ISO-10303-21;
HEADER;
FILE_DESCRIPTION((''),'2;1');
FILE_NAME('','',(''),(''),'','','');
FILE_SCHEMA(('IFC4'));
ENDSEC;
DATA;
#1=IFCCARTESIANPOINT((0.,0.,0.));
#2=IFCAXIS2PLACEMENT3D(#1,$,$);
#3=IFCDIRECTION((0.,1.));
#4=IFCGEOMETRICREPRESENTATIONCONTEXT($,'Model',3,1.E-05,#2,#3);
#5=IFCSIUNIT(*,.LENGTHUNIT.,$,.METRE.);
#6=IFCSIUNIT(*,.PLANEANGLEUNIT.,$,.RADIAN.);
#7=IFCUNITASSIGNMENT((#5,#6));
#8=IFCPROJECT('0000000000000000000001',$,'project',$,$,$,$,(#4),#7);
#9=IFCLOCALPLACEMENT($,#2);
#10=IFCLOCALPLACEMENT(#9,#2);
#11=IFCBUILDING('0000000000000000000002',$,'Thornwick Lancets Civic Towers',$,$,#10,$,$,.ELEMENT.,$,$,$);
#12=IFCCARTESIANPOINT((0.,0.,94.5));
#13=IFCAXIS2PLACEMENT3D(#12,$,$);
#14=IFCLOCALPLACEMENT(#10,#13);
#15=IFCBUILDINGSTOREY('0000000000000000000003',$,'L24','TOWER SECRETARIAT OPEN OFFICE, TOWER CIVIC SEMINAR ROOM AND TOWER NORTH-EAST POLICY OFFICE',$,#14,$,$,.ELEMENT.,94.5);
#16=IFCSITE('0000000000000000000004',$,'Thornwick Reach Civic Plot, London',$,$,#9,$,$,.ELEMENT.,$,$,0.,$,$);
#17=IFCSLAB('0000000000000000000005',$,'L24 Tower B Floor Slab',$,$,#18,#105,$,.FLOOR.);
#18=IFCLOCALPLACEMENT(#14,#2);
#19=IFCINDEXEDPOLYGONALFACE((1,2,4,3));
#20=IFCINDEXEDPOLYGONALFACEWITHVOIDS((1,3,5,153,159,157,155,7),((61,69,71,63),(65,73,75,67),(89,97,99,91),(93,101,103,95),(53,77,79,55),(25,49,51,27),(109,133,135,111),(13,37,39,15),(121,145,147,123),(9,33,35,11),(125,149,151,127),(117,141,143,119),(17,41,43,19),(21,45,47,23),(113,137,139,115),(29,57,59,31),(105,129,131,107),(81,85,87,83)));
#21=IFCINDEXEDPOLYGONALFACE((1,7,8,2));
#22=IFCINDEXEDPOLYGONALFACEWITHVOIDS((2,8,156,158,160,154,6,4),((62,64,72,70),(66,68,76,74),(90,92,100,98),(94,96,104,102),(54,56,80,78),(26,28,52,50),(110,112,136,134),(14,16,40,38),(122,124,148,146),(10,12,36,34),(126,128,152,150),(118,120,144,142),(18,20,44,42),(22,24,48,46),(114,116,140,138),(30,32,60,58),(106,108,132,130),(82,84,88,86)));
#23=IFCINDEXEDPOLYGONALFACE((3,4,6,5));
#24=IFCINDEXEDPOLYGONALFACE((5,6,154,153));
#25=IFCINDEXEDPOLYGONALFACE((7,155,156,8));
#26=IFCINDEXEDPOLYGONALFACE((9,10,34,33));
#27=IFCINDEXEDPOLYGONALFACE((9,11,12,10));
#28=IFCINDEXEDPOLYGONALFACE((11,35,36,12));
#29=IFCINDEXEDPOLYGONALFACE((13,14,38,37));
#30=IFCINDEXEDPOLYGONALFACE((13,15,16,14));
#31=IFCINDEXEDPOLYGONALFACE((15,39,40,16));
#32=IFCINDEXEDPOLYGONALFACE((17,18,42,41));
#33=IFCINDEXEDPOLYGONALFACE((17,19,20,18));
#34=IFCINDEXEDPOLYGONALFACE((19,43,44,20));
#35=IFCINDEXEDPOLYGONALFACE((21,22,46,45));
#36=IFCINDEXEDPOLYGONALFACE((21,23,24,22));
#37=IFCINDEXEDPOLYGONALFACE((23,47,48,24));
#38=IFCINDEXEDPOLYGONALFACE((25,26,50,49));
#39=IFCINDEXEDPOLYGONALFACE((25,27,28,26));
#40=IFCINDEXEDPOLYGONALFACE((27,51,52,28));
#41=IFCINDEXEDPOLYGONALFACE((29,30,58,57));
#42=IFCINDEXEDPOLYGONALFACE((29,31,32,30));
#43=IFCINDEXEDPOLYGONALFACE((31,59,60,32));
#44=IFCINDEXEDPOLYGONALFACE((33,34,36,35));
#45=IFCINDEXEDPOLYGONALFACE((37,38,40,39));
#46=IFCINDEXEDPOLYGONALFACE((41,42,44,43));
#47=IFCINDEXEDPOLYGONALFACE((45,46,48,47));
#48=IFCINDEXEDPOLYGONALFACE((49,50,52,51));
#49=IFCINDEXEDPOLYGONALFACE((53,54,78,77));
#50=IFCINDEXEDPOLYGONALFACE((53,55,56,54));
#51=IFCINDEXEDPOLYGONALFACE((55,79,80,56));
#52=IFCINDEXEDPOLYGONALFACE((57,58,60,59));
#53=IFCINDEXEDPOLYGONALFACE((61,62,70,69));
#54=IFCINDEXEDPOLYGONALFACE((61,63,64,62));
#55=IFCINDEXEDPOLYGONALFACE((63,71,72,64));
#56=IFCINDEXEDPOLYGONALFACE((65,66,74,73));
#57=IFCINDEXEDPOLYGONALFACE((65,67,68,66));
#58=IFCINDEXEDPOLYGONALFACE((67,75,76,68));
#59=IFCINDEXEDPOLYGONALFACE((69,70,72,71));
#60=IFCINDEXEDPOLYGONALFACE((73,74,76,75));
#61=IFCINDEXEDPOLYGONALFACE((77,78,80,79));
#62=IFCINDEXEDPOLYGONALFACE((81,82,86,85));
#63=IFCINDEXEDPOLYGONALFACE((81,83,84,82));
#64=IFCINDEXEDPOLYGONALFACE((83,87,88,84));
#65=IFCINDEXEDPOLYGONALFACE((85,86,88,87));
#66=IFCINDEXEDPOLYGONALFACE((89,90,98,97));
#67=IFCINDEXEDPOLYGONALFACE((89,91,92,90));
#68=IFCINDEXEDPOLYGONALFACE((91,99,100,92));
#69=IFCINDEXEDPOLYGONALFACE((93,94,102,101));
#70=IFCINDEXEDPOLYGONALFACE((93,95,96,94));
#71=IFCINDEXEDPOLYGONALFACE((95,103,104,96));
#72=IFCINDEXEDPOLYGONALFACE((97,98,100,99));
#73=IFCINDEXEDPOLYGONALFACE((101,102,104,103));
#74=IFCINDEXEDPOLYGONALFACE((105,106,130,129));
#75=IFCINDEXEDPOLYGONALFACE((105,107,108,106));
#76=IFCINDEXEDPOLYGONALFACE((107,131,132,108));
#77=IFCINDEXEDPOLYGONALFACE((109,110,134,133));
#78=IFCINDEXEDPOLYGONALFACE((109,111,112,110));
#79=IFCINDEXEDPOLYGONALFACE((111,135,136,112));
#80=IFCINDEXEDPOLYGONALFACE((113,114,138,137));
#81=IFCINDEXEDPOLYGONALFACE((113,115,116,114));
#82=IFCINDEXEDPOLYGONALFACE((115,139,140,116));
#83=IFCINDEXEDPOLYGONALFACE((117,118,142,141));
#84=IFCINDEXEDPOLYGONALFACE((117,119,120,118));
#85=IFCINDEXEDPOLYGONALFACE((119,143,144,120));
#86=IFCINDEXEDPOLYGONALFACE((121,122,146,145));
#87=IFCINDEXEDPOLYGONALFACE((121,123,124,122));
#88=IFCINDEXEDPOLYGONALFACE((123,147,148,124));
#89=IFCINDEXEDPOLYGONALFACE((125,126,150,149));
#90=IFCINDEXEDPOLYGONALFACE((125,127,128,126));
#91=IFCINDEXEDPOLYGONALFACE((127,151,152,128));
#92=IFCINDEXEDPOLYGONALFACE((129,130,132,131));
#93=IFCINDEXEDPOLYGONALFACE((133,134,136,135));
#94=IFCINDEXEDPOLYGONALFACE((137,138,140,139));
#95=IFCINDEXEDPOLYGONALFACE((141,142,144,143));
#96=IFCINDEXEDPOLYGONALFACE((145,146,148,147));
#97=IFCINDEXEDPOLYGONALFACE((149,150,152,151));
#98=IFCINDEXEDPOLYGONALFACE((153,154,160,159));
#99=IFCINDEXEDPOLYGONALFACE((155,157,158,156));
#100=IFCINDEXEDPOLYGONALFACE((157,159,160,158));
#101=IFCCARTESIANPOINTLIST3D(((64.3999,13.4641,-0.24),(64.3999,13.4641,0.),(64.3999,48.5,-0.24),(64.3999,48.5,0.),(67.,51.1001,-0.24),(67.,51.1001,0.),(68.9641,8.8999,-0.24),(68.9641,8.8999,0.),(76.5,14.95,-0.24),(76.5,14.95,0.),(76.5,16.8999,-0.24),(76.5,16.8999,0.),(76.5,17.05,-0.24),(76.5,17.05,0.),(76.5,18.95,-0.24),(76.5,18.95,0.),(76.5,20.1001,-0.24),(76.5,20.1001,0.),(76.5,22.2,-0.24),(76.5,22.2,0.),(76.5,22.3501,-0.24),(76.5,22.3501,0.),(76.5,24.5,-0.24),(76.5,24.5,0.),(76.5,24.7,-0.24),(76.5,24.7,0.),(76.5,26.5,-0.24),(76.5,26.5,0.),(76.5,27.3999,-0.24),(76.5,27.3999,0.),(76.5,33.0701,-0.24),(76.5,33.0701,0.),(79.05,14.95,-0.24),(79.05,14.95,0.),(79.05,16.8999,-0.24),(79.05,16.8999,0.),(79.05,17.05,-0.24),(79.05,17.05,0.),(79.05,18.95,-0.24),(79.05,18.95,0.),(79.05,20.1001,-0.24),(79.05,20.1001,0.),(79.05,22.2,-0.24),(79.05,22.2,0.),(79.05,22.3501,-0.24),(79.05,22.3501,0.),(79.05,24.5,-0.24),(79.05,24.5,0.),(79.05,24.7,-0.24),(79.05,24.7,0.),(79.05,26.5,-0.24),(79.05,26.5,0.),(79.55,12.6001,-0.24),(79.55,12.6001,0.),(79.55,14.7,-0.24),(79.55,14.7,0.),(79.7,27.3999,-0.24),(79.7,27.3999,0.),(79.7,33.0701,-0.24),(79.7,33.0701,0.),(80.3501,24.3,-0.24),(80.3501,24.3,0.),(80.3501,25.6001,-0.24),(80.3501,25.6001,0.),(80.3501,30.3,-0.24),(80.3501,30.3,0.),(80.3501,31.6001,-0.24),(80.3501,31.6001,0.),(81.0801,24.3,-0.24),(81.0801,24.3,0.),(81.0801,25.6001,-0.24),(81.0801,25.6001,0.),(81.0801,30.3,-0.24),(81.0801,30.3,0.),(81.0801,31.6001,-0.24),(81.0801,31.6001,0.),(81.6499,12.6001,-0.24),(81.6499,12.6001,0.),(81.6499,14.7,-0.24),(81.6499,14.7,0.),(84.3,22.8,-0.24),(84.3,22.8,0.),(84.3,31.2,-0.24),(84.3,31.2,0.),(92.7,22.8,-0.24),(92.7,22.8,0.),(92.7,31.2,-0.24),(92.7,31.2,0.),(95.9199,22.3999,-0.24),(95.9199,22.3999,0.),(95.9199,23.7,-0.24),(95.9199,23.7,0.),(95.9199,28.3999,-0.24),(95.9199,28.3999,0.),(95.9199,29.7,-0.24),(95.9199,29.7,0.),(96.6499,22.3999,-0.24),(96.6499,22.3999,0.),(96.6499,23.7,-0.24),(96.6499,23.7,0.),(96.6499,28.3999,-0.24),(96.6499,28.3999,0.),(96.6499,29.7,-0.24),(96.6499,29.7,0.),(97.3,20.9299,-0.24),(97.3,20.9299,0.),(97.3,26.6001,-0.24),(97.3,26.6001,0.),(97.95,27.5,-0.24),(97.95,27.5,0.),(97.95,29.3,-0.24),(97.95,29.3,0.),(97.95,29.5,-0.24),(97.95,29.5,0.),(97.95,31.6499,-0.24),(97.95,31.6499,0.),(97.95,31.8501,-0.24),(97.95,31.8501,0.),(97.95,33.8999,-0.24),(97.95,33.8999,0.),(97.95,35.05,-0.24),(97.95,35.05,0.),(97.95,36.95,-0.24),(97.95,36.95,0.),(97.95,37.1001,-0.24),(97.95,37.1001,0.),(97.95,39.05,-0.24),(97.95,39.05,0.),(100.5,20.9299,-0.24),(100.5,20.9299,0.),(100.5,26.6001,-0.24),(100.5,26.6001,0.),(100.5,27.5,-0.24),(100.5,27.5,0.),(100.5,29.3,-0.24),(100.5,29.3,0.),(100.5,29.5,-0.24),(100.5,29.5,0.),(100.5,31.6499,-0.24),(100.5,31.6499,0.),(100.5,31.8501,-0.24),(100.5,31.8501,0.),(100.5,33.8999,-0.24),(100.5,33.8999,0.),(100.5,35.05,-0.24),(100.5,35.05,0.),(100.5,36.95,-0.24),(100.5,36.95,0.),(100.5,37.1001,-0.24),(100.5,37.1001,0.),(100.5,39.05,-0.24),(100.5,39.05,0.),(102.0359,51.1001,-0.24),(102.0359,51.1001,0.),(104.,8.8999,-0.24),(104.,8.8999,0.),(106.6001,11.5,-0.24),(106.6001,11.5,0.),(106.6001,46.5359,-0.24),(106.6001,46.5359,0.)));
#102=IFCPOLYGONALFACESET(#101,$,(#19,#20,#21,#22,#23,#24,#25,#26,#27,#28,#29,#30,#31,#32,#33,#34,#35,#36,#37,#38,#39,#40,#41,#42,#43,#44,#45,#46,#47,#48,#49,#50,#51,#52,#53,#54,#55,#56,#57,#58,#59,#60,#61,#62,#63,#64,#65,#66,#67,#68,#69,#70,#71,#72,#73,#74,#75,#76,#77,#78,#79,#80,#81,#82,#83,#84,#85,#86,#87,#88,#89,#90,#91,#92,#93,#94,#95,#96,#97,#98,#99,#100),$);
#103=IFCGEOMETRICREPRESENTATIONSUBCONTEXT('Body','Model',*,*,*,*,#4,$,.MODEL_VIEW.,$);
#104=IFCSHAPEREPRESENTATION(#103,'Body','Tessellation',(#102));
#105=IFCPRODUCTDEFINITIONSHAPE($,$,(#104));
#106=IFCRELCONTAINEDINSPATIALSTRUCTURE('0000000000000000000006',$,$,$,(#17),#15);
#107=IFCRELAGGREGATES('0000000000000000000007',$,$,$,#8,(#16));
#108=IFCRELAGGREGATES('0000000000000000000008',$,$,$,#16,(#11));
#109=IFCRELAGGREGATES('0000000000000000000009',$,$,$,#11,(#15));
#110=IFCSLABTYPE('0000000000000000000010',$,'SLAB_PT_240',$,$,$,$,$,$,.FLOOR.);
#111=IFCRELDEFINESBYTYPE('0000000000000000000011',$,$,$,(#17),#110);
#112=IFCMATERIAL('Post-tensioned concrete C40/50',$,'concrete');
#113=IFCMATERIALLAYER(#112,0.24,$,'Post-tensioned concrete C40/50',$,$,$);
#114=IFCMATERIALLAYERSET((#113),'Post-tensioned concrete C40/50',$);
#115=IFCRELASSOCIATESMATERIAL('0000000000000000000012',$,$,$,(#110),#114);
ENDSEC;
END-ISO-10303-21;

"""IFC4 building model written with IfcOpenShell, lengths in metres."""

from ifc_helpers import new_model, si_unit, direction, frame, origin, place, context, subcontext, project, spatial, polyline, outline, extrude, material, layer, layer_set, type_object, element, save


model = new_model("IFC4")

# Units and contexts
model_context = context("Model", 3, precision=1e-05, world=origin(), true_north=direction((0.0, 1.0)))
body_context = subcontext(model_context, "Body", "Model", "MODEL_VIEW")
ifc_project = project(units=[si_unit("LENGTHUNIT", "METRE"), si_unit("PLANEANGLEUNIT", "RADIAN")], contexts=[model_context])

# Site, building, storey
site_placement = place(None, origin())
site = spatial("IfcSite", under=ifc_project, at=site_placement, Name="Thornwick Reach Civic Plot, London", CompositionType="ELEMENT", RefElevation=0.0)
building_placement = place(site_placement, origin())
building = spatial("IfcBuilding", under=site, at=building_placement, Name="Thornwick Lancets Civic Towers", CompositionType="ELEMENT")
storey_placement = place(building_placement, frame((0.0, 0.0, 94.5)))
storey = spatial("IfcBuildingStorey", under=building, at=storey_placement, Name="L24", Description="TOWER SECRETARIAT OPEN OFFICE, TOWER CIVIC SEMINAR ROOM AND TOWER NORTH-EAST POLICY OFFICE", CompositionType="ELEMENT", Elevation=94.5)

# Shared definitions
ifc_material_1 = material(Name="Post-tensioned concrete C40/50", Category="concrete")

# Slab
ifc_layer_1 = layer(ifc_material_1, 0.24, Name="Post-tensioned concrete C40/50")
ifc_layer_set_1 = layer_set([ifc_layer_1], Name="Post-tensioned concrete C40/50")
slab_type_1 = type_object("IfcSlabType", Name="SLAB_PT_240", PredefinedType="FLOOR", material=ifc_layer_set_1)
slab_1_placement = place(storey_placement, frame((0.0, 0.0, -0.24)))
element("IfcSlab", 1, at=slab_1_placement, inside=storey, type_object=slab_type_1, Name="L24 Tower B Floor Slab", PredefinedType="FLOOR", context=body_context, shape_type="SweptSolid", body=[
    extrude(outline(polyline([(68.9641, 8.8999), (104.0, 8.8999), (106.6001, 11.5), (106.6001, 46.5359), (102.0359, 51.1001), (67.0, 51.1001), (64.3999, 48.5), (64.3999, 13.4641), (68.9641, 8.8999)]), holes=[polyline([(84.3, 22.8), (92.7, 22.8), (92.7, 31.2), (84.3, 31.2), (84.3, 22.8)]), polyline([(100.5, 20.9299), (100.5, 26.6001), (97.3, 26.6001), (97.3, 20.9299), (100.5, 20.9299)]), polyline([(76.5, 33.0701), (76.5, 27.3999), (79.7, 27.3999), (79.7, 33.0701), (76.5, 33.0701)]), polyline([(97.95, 27.5), (100.5, 27.5), (100.5, 29.3), (97.95, 29.3), (97.95, 27.5)]), polyline([(97.95, 29.5), (100.5, 29.5), (100.5, 31.6499), (97.95, 31.6499), (97.95, 29.5)]), polyline([(97.95, 31.8501), (100.5, 31.8501), (100.5, 33.8999), (97.95, 33.8999), (97.95, 31.8501)]), polyline([(97.95, 35.05), (100.5, 35.05), (100.5, 36.95), (97.95, 36.95), (97.95, 35.05)]), polyline([(97.95, 37.1001), (100.5, 37.1001), (100.5, 39.05), (97.95, 39.05), (97.95, 37.1001)]), polyline([(76.5, 24.7), (79.05, 24.7), (79.05, 26.5), (76.5, 26.5), (76.5, 24.7)]), polyline([(76.5, 22.3501), (79.05, 22.3501), (79.05, 24.5), (76.5, 24.5), (76.5, 22.3501)]), polyline([(76.5, 20.1001), (79.05, 20.1001), (79.05, 22.2), (76.5, 22.2), (76.5, 20.1001)]), polyline([(76.5, 17.05), (79.05, 17.05), (79.05, 18.95), (76.5, 18.95), (76.5, 17.05)]), polyline([(76.5, 14.95), (79.05, 14.95), (79.05, 16.8999), (76.5, 16.8999), (76.5, 14.95)]), polyline([(79.55, 12.6001), (81.6499, 12.6001), (81.6499, 14.7), (79.55, 14.7), (79.55, 12.6001)]), polyline([(95.9199, 28.3999), (96.6499, 28.3999), (96.6499, 29.7), (95.9199, 29.7), (95.9199, 28.3999)]), polyline([(95.9199, 22.3999), (96.6499, 22.3999), (96.6499, 23.7), (95.9199, 23.7), (95.9199, 22.3999)]), polyline([(80.3501, 24.3), (81.0801, 24.3), (81.0801, 25.6001), (80.3501, 25.6001), (80.3501, 24.3)]), polyline([(80.3501, 30.3), (81.0801, 30.3), (81.0801, 31.6001), (80.3501, 31.6001), (80.3501, 30.3)])]), origin(), (0.0, 0.0, 1.0), 0.24),
])

save(model, "model.ifc")
